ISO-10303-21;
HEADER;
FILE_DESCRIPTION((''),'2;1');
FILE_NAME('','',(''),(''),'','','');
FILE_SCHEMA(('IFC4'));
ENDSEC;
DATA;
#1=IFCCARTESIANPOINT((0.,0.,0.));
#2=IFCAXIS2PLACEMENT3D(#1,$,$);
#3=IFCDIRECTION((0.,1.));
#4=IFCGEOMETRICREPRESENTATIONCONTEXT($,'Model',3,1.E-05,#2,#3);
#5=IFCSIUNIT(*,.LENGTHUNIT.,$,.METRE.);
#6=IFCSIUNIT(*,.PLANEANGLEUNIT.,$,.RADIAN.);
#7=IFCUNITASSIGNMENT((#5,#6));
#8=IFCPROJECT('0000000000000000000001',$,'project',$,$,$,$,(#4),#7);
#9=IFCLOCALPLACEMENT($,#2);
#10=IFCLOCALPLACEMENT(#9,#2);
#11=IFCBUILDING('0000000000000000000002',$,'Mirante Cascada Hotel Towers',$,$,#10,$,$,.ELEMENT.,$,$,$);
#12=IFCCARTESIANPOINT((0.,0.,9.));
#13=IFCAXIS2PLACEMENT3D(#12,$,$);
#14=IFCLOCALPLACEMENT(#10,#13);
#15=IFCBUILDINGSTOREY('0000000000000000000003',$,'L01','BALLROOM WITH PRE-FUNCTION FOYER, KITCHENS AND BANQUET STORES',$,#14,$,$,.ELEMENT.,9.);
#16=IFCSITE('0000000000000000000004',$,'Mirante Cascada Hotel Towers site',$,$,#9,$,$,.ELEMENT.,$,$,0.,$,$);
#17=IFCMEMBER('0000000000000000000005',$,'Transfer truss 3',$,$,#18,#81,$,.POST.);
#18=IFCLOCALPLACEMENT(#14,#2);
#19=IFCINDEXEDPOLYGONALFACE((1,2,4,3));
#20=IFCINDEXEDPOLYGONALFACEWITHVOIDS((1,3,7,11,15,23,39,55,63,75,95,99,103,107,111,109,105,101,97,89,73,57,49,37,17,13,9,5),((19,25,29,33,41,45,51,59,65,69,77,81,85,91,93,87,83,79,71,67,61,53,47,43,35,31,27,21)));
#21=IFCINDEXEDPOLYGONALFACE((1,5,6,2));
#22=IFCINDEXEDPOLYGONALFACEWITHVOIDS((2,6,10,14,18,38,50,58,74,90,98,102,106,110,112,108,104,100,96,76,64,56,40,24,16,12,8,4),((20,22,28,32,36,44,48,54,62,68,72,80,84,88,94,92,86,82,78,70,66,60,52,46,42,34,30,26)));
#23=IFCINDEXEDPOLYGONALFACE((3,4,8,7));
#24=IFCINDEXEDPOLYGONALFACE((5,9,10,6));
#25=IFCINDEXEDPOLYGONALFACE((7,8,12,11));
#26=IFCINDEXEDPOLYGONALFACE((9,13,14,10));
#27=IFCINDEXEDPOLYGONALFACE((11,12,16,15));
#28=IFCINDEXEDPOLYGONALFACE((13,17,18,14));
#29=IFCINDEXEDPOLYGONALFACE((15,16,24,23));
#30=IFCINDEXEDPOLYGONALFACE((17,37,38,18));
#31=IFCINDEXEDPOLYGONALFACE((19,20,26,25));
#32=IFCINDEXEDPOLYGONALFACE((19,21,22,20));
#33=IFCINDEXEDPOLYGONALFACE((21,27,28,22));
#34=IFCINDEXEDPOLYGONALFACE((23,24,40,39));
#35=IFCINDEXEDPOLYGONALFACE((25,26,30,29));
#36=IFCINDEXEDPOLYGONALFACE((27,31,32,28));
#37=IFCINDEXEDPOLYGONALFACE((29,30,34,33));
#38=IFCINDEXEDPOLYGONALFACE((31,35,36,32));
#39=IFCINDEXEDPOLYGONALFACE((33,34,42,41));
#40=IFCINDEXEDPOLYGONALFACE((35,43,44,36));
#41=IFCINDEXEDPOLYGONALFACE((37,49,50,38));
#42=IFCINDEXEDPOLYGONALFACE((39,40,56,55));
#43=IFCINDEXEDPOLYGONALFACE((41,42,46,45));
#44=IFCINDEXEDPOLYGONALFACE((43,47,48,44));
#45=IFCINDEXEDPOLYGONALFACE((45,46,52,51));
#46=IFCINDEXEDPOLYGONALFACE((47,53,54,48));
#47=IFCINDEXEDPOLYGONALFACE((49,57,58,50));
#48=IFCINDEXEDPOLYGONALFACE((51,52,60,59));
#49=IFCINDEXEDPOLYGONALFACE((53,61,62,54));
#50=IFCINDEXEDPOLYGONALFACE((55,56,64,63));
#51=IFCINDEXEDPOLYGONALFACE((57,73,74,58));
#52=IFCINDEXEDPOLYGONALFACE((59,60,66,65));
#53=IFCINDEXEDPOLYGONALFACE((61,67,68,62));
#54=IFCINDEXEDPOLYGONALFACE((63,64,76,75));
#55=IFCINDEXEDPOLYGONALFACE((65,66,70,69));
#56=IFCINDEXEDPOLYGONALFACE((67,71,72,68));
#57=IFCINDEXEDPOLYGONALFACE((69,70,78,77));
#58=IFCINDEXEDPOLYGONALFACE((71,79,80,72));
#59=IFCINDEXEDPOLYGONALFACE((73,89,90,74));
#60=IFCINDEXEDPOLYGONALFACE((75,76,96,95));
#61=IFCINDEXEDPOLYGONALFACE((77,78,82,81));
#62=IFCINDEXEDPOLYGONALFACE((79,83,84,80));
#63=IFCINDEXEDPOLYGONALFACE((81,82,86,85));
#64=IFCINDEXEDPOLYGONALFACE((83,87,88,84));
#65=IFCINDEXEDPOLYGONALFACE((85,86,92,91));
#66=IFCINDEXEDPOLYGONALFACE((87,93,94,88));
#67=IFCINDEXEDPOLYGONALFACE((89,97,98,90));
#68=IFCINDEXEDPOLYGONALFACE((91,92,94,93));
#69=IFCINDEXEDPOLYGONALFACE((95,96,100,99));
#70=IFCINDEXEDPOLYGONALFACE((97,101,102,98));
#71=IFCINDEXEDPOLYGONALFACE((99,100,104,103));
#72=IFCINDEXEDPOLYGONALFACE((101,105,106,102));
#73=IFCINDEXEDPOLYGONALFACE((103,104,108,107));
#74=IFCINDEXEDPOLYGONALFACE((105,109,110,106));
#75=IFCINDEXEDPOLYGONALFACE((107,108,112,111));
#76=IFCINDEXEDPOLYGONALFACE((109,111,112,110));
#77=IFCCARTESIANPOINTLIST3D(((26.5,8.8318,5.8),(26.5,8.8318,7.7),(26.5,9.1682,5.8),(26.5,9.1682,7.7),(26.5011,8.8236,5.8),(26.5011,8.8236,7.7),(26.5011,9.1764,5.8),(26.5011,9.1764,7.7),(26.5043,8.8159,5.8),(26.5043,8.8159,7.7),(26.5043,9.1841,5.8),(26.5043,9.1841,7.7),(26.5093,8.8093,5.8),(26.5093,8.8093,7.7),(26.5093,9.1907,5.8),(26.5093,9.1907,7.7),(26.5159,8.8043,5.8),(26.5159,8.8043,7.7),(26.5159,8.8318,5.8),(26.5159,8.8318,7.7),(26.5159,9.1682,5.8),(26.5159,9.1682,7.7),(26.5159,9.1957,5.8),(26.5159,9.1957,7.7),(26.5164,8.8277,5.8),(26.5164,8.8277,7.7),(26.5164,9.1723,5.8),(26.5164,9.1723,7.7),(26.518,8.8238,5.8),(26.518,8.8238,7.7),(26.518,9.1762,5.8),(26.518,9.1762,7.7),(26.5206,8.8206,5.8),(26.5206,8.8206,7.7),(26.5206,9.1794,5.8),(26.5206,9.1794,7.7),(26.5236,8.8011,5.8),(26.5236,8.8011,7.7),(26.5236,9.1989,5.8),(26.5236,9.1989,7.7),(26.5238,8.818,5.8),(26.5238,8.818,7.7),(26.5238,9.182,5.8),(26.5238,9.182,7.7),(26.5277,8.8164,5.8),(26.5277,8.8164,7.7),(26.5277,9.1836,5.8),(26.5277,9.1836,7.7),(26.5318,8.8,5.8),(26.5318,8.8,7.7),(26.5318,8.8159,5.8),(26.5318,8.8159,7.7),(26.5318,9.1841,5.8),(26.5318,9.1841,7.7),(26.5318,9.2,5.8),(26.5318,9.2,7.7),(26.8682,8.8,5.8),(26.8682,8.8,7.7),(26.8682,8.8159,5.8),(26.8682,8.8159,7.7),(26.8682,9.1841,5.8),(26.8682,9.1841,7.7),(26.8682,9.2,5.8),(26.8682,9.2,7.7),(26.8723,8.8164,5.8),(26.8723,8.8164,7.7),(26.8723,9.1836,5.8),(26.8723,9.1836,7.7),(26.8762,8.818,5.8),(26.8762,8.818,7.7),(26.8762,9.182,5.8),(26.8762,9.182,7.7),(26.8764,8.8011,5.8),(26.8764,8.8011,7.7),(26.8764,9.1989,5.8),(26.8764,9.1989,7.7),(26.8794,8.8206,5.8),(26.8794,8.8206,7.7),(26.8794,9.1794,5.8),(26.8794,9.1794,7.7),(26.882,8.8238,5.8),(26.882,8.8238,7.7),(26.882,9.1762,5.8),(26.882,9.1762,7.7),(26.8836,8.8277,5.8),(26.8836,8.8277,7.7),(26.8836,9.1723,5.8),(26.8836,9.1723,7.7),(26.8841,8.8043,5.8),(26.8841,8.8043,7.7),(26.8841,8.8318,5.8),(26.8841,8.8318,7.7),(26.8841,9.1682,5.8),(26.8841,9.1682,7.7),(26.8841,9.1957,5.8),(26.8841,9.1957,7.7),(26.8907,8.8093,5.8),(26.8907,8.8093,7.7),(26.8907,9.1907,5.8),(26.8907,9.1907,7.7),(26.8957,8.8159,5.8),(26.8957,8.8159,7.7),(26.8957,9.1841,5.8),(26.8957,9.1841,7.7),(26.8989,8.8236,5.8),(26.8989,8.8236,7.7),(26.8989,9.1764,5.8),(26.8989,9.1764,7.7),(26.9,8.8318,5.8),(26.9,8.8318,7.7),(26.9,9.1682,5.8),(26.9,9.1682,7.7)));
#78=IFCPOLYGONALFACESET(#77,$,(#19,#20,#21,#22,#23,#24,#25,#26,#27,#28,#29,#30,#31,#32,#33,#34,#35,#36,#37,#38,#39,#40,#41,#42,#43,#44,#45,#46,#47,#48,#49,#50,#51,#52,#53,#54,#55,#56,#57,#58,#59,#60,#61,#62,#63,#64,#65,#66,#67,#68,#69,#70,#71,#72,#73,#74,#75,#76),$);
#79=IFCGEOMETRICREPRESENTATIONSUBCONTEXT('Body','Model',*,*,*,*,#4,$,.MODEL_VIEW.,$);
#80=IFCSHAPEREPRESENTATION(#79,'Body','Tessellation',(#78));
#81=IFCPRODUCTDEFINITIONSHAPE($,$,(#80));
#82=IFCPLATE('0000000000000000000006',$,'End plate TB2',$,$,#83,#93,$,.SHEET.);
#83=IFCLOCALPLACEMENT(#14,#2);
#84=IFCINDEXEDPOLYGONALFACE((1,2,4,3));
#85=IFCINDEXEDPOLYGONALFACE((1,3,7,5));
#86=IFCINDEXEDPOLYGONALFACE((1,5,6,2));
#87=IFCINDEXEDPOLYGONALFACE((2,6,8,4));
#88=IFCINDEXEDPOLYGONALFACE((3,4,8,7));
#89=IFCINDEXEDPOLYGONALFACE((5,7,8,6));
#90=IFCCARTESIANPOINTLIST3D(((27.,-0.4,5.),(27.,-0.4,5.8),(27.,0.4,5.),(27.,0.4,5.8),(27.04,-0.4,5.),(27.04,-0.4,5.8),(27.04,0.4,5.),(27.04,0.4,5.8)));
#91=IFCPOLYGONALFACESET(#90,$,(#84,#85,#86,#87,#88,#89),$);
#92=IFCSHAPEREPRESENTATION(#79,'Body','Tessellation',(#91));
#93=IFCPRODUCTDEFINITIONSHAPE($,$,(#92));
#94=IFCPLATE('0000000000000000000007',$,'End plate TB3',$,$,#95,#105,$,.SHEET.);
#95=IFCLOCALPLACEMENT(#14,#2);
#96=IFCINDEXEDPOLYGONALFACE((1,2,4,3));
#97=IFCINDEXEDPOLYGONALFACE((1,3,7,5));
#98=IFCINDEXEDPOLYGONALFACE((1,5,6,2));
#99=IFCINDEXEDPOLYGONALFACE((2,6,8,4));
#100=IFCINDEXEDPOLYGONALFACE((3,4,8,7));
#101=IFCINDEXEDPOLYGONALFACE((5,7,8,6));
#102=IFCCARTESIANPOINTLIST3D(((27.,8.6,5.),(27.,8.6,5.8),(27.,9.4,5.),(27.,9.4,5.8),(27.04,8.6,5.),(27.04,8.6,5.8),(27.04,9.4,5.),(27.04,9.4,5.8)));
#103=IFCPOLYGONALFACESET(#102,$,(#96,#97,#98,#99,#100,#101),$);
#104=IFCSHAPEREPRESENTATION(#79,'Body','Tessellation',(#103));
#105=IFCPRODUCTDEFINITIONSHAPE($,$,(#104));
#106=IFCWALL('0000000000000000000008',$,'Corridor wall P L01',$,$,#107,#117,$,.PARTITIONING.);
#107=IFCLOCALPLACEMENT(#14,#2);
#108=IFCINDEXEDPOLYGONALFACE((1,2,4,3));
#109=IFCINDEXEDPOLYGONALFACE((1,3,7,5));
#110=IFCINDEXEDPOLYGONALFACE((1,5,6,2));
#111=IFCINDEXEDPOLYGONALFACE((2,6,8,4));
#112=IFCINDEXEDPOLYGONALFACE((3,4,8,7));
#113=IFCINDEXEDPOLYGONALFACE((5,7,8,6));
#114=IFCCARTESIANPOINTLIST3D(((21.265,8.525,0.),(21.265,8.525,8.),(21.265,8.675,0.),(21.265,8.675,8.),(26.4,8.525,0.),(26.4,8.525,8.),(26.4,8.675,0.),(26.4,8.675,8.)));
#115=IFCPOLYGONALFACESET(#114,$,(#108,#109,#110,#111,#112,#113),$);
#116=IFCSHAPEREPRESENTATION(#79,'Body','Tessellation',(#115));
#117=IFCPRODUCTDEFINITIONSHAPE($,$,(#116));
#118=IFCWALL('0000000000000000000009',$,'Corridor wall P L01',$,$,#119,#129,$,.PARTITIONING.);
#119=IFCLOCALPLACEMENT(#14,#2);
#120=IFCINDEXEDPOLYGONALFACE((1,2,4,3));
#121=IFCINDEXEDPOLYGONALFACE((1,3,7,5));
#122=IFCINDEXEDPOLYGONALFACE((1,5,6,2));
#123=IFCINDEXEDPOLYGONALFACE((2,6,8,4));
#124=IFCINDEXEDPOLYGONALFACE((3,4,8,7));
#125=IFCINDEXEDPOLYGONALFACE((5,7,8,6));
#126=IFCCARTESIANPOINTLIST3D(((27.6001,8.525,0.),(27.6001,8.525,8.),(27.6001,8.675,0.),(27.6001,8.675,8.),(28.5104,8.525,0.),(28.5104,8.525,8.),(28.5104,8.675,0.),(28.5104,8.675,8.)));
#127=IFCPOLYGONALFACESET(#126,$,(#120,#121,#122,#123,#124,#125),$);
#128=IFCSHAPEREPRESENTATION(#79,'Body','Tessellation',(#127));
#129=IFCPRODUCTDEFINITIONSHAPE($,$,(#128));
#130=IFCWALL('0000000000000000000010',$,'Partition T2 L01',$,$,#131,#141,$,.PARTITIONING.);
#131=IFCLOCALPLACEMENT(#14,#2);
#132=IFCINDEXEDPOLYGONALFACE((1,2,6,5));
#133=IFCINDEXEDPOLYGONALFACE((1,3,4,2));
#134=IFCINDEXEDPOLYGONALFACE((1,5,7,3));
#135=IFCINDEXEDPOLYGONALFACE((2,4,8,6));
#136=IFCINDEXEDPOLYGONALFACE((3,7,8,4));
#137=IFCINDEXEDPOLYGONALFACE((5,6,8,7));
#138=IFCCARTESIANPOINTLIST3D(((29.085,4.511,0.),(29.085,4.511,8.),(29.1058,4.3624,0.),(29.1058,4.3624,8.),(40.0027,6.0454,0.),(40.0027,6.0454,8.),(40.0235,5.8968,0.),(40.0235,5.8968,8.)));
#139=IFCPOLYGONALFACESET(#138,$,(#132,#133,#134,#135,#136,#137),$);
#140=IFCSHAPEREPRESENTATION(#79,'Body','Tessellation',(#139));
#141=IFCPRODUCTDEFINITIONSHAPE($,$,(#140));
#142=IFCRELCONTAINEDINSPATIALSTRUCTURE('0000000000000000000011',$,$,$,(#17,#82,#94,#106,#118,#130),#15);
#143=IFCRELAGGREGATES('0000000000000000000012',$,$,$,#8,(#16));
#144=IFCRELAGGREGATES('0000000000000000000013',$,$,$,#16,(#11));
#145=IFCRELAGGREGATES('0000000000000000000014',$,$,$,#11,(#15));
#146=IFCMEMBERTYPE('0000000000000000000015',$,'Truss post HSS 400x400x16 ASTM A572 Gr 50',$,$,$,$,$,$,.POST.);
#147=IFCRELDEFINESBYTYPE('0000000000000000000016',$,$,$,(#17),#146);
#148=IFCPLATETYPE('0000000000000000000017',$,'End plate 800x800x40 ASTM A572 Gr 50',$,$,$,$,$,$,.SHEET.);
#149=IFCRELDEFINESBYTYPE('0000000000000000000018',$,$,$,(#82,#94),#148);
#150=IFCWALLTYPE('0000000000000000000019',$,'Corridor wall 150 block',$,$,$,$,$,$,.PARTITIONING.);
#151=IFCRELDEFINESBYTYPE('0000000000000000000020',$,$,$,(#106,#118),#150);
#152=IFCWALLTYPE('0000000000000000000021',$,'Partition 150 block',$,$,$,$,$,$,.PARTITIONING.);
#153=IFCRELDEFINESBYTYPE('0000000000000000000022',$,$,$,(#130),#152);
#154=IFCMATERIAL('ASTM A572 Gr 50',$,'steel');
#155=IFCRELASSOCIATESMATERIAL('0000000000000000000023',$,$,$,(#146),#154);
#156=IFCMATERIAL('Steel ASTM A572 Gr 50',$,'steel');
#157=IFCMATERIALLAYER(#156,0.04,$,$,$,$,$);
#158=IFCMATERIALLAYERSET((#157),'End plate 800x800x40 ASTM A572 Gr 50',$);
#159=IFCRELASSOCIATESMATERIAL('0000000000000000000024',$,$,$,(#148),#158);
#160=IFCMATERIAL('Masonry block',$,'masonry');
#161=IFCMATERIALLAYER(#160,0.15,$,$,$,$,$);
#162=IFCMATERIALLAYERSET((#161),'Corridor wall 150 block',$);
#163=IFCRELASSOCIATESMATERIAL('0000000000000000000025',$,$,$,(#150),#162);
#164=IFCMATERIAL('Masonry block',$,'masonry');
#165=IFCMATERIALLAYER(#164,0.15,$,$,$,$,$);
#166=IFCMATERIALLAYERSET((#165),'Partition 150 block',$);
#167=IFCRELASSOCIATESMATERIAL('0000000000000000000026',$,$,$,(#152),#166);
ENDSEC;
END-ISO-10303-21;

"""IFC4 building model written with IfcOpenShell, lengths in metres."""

from ifc_helpers import new_model, si_unit, direction, frame, frame_2d, origin, origin_2d, place, context, subcontext, project, spatial, rectangle, hollow_rectangle, extrude, material, layer, layer_set, material_profile, profile_set, type_object, element, save


model = new_model("IFC4")

# Units and contexts
model_context = context("Model", 3, precision=1e-05, world=origin(), true_north=direction((0.0, 1.0)))
body_context = subcontext(model_context, "Body", "Model", "MODEL_VIEW")
ifc_project = project(units=[si_unit("LENGTHUNIT", "METRE"), si_unit("PLANEANGLEUNIT", "RADIAN")], contexts=[model_context])

# Site, building, storey
site_placement = place(None, origin())
site = spatial("IfcSite", under=ifc_project, at=site_placement, Name="Mirante Cascada Hotel Towers site", CompositionType="ELEMENT", RefElevation=0.0)
building_placement = place(site_placement, origin())
building = spatial("IfcBuilding", under=site, at=building_placement, Name="Mirante Cascada Hotel Towers", CompositionType="ELEMENT")
storey_placement = place(building_placement, frame((0.0, 0.0, 9.0)))
storey = spatial("IfcBuildingStorey", under=building, at=storey_placement, Name="L01", Description="BALLROOM WITH PRE-FUNCTION FOYER, KITCHENS AND BANQUET STORES", CompositionType="ELEMENT", Elevation=9.0)

# Member
ifc_material_1 = material(Name="ASTM A572 Gr 50", Category="steel")
ifc_material_profile_1 = material_profile(ifc_material_1, hollow_rectangle(XDim=0.4, YDim=0.4, WallThickness=0.0159, InnerFilletRadius=0.0159, OuterFilletRadius=0.0318, at=origin_2d()), Name="HSS 400x400x16")
ifc_profile_set_1 = profile_set([ifc_material_profile_1], Name="ASTM A572 Gr 50")
member_type_1 = type_object("IfcMemberType", Name="Truss post HSS 400x400x16 ASTM A572 Gr 50", PredefinedType="POST", material=ifc_profile_set_1)
for number, where, z_axis, x_axis, name in (
    (1, (26.7, 9.0, 5.8), (0.0, 0.0, 1.0), (1.0, 0.0, 0.0), "Transfer truss 3"),
):
    element("IfcMember", number, at=place(storey_placement, frame(where, z_axis=z_axis, x_axis=x_axis)), inside=storey, type_object=member_type_1, Name=name, PredefinedType="POST", context=body_context, shape_type="SweptSolid", body=[
        extrude(hollow_rectangle(XDim=0.4, YDim=0.4, WallThickness=0.0159, InnerFilletRadius=0.0159, OuterFilletRadius=0.0318, at=origin_2d()), origin(), (0.0, 0.0, 1.0), 1.9),
    ])

# Plates
ifc_material_2 = material(Name="Steel ASTM A572 Gr 50", Category="steel")
ifc_layer_1 = layer(ifc_material_2, 0.04)
ifc_layer_set_1 = layer_set([ifc_layer_1], Name="End plate 800x800x40 ASTM A572 Gr 50")
plate_type = type_object("IfcPlateType", Name="End plate 800x800x40 ASTM A572 Gr 50", PredefinedType="SHEET", material=ifc_layer_set_1)
for number, where, z_axis, x_axis, name in (
    (2, (27.02, 0.0, 5.0), (0.0, 0.0, 1.0), (1.0, 0.0, 0.0), "End plate TB2"),
    (3, (27.02, 9.0, 5.0), (0.0, 0.0, 1.0), (1.0, 0.0, 0.0), "End plate TB3"),
):
    element("IfcPlate", number, at=place(storey_placement, frame(where, z_axis=z_axis, x_axis=x_axis)), inside=storey, type_object=plate_type, Name=name, PredefinedType="SHEET", context=body_context, shape_type="SweptSolid", body=[
        extrude(rectangle(XDim=0.04, YDim=0.8, at=origin_2d()), origin(), (0.0, 0.0, 1.0), 0.8),
    ])

# Walls
ifc_material_3 = material(Name="Masonry block", Category="masonry")
ifc_layer_2 = layer(ifc_material_3, 0.15)
ifc_layer_set_2 = layer_set([ifc_layer_2], Name="Corridor wall 150 block")
wall_type_1 = type_object("IfcWallType", Name="Corridor wall 150 block", PredefinedType="PARTITIONING", material=ifc_layer_set_2)
wall_1_placement = place(storey_placement, frame((21.265, 8.6, 0.0), z_axis=(0.0, 0.0, 1.0), x_axis=(1.0, 0.0, 0.0)))
element("IfcWall", 4, at=wall_1_placement, inside=storey, type_object=wall_type_1, Name="Corridor wall P L01", PredefinedType="PARTITIONING", context=body_context, shape_type="SweptSolid", body=[
    extrude(rectangle(XDim=5.135, YDim=0.15, at=frame_2d((2.5675, 0.0))), origin(), (0.0, 0.0, 1.0), 8.0),
])
wall_2_placement = place(storey_placement, frame((27.6, 8.6, 0.0), z_axis=(0.0, 0.0, 1.0), x_axis=(1.0, 0.0, 0.0)))
element("IfcWall", 5, at=wall_2_placement, inside=storey, type_object=wall_type_1, Name="Corridor wall P L01", PredefinedType="PARTITIONING", context=body_context, shape_type="SweptSolid", body=[
    extrude(rectangle(XDim=0.9103, YDim=0.15, at=frame_2d((0.4552, 0.0))), origin(), (0.0, 0.0, 1.0), 8.0),
])
ifc_material_4 = material(Name="Masonry block", Category="masonry")
ifc_layer_3 = layer(ifc_material_4, 0.15)
ifc_layer_set_3 = layer_set([ifc_layer_3], Name="Partition 150 block")
wall_type_2 = type_object("IfcWallType", Name="Partition 150 block", PredefinedType="PARTITIONING", material=ifc_layer_set_3)
wall_3_placement = place(storey_placement, frame((29.0954, 4.4367, 0.0), z_axis=(0.0, 0.0, 1.0), x_axis=(0.990268, 0.139175, 0.0)))
element("IfcWall", 6, at=wall_3_placement, inside=storey, type_object=wall_type_2, Name="Partition T2 L01", PredefinedType="PARTITIONING", context=body_context, shape_type="SweptSolid", body=[
    extrude(rectangle(XDim=11.025, YDim=0.15, at=frame_2d((5.5125, 0.0))), origin(), (0.0, 0.0, 1.0), 8.0),
])

save(model, "model.ifc")
